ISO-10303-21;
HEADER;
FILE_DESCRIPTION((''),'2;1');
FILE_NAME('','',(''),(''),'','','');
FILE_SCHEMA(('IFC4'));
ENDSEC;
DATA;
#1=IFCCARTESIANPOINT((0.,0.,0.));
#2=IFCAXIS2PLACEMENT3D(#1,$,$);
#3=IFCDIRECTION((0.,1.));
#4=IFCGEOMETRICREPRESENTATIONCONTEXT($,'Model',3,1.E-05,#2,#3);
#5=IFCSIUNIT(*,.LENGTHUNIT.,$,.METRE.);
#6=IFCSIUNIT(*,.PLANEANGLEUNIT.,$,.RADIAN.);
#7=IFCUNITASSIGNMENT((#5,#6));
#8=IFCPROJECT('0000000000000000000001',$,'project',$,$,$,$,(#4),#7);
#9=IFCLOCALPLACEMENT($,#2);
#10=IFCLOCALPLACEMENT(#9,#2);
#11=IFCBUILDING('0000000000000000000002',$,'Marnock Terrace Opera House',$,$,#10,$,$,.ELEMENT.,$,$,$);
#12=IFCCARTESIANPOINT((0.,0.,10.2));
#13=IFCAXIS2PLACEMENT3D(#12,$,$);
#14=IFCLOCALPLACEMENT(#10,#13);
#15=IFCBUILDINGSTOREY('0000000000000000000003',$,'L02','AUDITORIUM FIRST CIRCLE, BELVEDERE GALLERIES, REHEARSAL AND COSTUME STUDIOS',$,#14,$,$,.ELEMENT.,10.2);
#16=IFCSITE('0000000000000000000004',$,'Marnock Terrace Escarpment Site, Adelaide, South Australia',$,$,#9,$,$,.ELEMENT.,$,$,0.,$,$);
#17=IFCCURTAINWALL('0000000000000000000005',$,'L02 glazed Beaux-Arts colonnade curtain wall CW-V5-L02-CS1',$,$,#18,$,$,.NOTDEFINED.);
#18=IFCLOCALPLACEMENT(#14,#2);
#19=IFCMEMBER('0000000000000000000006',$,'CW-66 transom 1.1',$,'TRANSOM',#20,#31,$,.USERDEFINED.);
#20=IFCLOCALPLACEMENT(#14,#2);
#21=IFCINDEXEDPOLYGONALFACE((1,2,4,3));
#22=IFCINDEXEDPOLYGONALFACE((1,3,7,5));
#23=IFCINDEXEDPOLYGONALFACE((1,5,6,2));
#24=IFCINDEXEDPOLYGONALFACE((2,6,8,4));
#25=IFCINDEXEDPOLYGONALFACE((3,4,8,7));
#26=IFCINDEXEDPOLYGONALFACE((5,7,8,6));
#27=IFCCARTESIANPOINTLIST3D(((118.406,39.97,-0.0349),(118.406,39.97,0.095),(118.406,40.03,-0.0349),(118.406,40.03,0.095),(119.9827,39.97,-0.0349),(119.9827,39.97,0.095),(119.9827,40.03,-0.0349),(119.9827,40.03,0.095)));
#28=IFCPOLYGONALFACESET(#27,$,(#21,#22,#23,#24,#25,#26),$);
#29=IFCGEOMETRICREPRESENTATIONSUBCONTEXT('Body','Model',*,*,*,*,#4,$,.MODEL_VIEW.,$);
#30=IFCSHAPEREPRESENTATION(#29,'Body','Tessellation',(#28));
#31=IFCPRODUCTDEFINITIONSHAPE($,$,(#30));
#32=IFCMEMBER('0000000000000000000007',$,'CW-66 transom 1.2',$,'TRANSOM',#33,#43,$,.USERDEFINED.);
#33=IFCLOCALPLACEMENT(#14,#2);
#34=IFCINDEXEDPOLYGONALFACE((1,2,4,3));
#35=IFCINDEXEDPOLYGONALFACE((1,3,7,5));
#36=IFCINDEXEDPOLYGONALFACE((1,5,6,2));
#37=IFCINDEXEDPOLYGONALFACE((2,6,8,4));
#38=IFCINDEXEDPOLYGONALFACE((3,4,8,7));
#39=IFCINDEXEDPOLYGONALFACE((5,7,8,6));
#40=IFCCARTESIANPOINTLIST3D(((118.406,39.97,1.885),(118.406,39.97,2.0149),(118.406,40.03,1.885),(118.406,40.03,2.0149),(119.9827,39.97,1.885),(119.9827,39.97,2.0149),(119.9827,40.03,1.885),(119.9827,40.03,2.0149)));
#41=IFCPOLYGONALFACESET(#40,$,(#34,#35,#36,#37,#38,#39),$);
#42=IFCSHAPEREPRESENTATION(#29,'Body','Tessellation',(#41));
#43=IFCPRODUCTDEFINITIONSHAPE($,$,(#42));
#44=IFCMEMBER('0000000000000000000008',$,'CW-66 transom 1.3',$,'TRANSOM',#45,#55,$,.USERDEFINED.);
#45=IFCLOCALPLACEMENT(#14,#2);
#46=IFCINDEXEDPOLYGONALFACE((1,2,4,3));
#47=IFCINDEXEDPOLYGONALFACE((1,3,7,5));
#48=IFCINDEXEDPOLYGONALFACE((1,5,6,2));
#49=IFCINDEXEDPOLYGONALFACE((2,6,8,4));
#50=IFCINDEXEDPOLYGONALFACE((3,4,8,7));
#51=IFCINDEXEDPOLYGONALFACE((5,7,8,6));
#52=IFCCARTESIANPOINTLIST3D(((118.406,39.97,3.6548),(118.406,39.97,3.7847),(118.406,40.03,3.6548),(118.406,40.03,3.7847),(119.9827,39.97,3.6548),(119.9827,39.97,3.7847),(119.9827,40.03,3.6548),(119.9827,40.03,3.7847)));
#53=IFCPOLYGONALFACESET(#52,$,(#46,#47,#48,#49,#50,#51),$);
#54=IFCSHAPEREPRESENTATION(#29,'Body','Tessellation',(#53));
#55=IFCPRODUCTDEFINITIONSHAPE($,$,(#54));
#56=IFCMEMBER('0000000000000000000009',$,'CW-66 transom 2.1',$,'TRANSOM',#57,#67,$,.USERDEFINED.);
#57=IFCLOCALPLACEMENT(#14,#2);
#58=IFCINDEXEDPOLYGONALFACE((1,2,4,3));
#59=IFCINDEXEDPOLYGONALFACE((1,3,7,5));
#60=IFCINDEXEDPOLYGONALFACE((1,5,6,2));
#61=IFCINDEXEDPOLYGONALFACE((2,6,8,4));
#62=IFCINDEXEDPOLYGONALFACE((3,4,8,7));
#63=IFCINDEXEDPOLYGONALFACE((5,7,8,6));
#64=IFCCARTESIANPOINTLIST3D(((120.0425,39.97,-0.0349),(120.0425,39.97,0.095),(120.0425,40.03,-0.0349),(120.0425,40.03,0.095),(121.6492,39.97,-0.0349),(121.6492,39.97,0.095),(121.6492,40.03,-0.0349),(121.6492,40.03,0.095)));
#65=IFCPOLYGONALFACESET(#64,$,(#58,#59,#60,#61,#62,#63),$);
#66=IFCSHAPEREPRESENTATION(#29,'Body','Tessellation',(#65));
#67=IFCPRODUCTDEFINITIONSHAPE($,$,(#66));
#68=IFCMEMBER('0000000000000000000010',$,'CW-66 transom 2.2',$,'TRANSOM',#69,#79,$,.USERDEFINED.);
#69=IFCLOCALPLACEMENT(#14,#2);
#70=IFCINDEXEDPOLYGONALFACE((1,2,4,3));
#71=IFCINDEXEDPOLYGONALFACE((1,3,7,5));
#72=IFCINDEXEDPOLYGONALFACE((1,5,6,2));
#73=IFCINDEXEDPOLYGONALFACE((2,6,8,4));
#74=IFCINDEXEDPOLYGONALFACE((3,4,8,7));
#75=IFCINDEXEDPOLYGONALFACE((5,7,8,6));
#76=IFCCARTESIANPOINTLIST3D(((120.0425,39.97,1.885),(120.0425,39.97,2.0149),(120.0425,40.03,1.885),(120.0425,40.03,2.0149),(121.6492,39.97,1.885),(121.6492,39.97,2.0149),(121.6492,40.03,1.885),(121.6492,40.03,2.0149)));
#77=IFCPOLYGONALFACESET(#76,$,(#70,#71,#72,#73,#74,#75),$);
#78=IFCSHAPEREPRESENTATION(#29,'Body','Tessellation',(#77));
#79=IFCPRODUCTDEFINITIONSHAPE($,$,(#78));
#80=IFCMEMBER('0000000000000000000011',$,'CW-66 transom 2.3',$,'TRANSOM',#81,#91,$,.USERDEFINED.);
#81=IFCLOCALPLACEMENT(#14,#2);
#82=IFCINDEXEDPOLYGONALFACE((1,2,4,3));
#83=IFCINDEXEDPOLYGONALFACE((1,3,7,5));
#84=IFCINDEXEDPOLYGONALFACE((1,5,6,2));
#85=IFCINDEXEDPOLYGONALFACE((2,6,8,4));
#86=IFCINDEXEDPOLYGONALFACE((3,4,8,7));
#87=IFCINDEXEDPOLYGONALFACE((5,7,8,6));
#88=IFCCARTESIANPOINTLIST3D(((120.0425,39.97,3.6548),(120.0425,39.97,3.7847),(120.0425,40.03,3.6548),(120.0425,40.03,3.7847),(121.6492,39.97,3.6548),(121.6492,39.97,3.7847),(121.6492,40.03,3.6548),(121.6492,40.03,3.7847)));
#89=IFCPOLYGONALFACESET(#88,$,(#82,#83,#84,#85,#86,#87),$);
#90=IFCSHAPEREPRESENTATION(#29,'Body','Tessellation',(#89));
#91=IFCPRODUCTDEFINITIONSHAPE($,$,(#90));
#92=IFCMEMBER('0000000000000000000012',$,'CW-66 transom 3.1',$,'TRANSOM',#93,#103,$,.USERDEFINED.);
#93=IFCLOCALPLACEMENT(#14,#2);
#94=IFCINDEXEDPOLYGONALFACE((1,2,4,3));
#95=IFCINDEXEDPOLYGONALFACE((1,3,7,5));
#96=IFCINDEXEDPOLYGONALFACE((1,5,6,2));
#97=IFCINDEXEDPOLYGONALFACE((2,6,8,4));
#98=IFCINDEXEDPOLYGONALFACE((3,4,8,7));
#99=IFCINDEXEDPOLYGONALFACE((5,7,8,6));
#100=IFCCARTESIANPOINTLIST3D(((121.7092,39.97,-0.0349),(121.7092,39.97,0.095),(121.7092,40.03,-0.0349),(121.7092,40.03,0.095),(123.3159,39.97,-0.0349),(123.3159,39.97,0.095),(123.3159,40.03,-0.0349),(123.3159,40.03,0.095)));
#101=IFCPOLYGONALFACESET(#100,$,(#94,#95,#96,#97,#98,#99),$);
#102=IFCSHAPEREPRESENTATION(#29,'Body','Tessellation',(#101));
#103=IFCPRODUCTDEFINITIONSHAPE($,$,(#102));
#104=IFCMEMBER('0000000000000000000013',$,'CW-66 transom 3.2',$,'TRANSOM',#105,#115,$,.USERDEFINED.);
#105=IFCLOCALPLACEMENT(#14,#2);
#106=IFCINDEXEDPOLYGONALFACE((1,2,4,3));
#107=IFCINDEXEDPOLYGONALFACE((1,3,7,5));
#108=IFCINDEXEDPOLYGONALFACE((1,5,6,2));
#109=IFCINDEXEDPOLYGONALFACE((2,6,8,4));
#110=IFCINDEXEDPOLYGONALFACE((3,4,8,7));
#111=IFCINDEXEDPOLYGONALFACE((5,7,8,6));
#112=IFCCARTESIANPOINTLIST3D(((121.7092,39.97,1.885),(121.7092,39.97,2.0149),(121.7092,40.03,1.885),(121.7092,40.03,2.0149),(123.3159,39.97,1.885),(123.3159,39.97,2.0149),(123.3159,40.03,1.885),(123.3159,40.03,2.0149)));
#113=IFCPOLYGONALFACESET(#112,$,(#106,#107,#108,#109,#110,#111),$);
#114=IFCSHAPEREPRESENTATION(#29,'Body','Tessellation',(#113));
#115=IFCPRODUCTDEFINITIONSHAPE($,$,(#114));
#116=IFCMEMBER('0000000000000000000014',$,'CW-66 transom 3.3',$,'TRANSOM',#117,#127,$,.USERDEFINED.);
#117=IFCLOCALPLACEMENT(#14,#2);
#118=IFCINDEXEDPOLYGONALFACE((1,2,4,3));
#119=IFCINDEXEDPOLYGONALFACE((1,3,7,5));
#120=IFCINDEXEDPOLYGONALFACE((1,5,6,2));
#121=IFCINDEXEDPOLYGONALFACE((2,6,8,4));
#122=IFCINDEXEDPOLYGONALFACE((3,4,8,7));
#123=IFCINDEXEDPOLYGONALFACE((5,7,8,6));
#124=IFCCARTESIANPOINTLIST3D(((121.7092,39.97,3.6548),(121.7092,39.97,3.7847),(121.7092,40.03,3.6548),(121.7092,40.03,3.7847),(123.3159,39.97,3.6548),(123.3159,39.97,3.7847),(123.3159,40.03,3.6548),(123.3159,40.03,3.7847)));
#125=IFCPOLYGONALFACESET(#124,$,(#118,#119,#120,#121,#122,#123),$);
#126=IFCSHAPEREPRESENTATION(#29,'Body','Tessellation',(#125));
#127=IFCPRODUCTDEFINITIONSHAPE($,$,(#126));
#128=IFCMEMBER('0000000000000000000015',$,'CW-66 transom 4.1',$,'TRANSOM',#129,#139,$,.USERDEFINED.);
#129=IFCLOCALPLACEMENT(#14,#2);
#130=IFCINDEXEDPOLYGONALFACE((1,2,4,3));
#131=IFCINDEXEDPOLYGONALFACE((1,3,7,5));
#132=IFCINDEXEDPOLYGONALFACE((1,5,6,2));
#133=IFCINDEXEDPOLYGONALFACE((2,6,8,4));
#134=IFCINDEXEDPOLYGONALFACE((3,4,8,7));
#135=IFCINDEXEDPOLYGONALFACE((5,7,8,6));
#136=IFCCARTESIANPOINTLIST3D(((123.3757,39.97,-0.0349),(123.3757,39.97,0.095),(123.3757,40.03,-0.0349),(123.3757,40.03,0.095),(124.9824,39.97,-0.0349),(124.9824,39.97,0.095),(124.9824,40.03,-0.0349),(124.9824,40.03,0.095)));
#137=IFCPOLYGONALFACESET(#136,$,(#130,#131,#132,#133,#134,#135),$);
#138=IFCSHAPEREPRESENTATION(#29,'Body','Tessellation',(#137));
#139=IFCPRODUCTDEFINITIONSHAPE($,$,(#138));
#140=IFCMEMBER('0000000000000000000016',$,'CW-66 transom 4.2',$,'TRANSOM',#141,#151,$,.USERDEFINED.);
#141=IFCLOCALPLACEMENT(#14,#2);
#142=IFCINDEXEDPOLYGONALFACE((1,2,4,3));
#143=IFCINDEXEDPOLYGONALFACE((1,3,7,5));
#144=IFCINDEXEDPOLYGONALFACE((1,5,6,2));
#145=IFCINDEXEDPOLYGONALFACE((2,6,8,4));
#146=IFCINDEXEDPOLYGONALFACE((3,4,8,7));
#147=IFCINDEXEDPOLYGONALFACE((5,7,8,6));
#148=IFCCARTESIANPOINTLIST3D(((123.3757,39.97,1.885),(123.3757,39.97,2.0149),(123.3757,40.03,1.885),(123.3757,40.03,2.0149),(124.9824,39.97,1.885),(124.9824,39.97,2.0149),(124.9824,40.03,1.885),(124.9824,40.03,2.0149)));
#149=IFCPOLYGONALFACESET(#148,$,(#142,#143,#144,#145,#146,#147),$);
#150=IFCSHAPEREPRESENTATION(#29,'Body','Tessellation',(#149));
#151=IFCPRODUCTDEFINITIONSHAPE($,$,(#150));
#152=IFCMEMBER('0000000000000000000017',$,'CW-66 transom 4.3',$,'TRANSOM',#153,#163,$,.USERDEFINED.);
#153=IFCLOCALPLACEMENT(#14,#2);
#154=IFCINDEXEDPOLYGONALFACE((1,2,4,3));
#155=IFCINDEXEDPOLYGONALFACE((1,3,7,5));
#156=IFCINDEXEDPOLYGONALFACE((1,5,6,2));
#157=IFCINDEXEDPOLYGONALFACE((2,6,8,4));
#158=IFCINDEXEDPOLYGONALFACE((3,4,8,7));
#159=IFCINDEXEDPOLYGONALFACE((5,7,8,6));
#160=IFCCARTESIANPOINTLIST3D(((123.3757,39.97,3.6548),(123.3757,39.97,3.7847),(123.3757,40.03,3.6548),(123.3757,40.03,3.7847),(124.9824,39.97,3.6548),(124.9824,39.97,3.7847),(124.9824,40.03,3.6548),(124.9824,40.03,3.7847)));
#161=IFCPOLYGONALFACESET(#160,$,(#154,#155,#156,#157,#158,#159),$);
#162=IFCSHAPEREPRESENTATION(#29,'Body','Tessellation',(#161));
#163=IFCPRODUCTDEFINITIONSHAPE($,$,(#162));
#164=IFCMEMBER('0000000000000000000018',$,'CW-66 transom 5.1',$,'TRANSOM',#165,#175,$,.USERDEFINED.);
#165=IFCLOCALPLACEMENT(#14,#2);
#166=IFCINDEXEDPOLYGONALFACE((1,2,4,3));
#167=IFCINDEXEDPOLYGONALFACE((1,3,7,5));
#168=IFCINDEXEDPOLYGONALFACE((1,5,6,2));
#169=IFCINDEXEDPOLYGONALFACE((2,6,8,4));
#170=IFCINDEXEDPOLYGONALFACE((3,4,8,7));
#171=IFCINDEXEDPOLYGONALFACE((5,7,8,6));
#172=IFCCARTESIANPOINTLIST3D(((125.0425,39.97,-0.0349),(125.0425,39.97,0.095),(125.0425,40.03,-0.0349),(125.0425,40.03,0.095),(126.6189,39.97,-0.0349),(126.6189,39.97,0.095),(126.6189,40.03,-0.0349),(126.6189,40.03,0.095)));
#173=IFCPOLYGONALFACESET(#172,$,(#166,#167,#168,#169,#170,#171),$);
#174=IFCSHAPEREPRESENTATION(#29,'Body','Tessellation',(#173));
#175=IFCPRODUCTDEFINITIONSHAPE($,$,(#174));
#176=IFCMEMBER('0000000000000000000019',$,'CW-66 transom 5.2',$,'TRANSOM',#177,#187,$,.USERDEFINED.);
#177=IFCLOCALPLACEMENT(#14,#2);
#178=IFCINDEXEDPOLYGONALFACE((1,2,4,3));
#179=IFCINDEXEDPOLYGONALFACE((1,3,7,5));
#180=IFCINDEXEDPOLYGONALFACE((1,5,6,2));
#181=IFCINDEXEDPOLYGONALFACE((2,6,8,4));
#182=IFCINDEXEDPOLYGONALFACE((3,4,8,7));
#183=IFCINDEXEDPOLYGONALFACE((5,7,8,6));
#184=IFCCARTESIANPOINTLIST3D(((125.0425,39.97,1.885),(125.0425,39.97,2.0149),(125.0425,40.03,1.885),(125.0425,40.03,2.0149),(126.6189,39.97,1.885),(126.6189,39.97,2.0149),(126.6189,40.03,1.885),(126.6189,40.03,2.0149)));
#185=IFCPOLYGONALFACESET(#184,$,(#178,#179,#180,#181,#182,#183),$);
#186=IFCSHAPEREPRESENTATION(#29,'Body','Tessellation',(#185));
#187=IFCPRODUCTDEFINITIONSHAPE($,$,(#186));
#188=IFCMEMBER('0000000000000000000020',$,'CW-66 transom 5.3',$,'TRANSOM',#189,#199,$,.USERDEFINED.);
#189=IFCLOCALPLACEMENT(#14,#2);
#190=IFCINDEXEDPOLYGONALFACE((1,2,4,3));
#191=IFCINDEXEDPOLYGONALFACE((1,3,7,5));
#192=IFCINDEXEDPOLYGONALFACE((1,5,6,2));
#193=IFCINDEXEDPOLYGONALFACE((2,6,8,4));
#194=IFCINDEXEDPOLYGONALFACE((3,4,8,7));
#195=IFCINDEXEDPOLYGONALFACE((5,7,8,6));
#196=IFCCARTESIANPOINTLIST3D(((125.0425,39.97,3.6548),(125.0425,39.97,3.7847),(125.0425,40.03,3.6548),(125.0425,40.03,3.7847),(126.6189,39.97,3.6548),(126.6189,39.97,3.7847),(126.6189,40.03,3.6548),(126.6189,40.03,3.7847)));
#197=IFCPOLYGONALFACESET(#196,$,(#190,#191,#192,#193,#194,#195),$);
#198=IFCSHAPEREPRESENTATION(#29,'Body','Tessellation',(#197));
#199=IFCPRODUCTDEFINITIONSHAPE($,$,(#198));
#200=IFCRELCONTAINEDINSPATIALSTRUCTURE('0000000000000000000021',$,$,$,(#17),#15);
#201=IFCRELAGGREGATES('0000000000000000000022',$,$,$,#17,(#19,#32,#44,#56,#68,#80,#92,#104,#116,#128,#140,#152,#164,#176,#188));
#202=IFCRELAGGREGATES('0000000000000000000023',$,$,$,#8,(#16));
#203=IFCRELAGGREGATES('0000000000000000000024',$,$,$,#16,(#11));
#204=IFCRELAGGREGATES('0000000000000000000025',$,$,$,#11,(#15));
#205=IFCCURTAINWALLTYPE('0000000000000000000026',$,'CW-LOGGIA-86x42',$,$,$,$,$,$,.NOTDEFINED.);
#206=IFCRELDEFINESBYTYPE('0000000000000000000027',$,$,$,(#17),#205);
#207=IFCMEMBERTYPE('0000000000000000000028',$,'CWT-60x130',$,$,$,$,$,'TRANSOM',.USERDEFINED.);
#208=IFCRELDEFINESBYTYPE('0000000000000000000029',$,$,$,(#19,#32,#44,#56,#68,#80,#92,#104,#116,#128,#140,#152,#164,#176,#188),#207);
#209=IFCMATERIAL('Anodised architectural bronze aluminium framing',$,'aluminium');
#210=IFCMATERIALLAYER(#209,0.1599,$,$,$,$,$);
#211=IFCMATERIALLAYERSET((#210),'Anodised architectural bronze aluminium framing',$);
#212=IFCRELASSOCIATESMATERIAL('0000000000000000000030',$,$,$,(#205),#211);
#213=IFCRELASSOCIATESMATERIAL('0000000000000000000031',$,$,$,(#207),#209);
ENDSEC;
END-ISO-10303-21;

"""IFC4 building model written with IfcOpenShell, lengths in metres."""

from ifc_helpers import new_model, si_unit, direction, frame, origin, origin_2d, place, context, subcontext, project, spatial, rectangle, extrude, material, layer, layer_set, material_profile, profile_set, type_object, element, aggregate, save


model = new_model("IFC4")

# Units and contexts
model_context = context("Model", 3, precision=1e-05, world=origin(), true_north=direction((0.0, 1.0)))
body_context = subcontext(model_context, "Body", "Model", "MODEL_VIEW")
ifc_project = project(units=[si_unit("LENGTHUNIT", "METRE"), si_unit("PLANEANGLEUNIT", "RADIAN")], contexts=[model_context])

# Site, building, storey
site_placement = place(None, origin())
site = spatial("IfcSite", under=ifc_project, at=site_placement, Name="Marnock Terrace Escarpment Site, Adelaide, South Australia", CompositionType="ELEMENT", RefElevation=0.0)
building_placement = place(site_placement, origin())
building = spatial("IfcBuilding", under=site, at=building_placement, Name="Marnock Terrace Opera House", CompositionType="ELEMENT")
storey_placement = place(building_placement, frame((0.0, 0.0, 10.2)))
storey = spatial("IfcBuildingStorey", under=building, at=storey_placement, Name="L02", Description="AUDITORIUM FIRST CIRCLE, BELVEDERE GALLERIES, REHEARSAL AND COSTUME STUDIOS", CompositionType="ELEMENT", Elevation=10.2)

# Shared definitions
ifc_material_1 = material(Name="Anodised architectural bronze aluminium framing", Category="aluminium")
ifc_layer_1 = layer(ifc_material_1, 0.1599)
ifc_layer_set_1 = layer_set([ifc_layer_1], Name="Anodised architectural bronze aluminium framing")
curtain_wall_type = type_object("IfcCurtainWallType", Name="CW-LOGGIA-86x42", PredefinedType="NOTDEFINED", material=ifc_layer_set_1)

# Curtain wall, members
curtain_wall_1_placement = place(storey_placement, origin())
curtain_wall_1 = element("IfcCurtainWall", 1, at=curtain_wall_1_placement, inside=storey, type_object=curtain_wall_type, Name="L02 glazed Beaux-Arts colonnade curtain wall CW-V5-L02-CS1", PredefinedType="NOTDEFINED")
ifc_material_profile_1 = material_profile(ifc_material_1, rectangle(XDim=0.0601, YDim=0.1299, at=origin_2d()))
ifc_profile_set_1 = profile_set([ifc_material_profile_1], Name="Anodised architectural bronze aluminium framing")
member_type_1 = type_object("IfcMemberType", Name="CWT-60x130", ElementType="TRANSOM", PredefinedType="USERDEFINED", material=ifc_profile_set_1)
member_1_placement = place(storey_placement, frame((118.406, 40.0, 0.03), z_axis=(1.0, 0.0, 0.0), x_axis=(0.0, 1.0, 0.0)))
member_1 = element("IfcMember", 2, at=member_1_placement, type_object=member_type_1, Name="CW-66 transom 1.1", ObjectType="TRANSOM", PredefinedType="USERDEFINED", context=body_context, shape_type="SweptSolid", body=[
    extrude(rectangle(XDim=0.0601, YDim=0.1299, at=origin_2d()), origin(), (0.0, 0.0, 1.0), 1.5767),
])
member_2_placement = place(storey_placement, frame((118.406, 40.0, 1.95), z_axis=(1.0, 0.0, 0.0), x_axis=(0.0, 1.0, 0.0)))
member_2 = element("IfcMember", 3, at=member_2_placement, type_object=member_type_1, Name="CW-66 transom 1.2", ObjectType="TRANSOM", PredefinedType="USERDEFINED", context=body_context, shape_type="SweptSolid", body=[
    extrude(rectangle(XDim=0.0601, YDim=0.1299, at=origin_2d()), origin(), (0.0, 0.0, 1.0), 1.5767),
])
member_3_placement = place(storey_placement, frame((118.406, 40.0, 3.7197), z_axis=(1.0, 0.0, 0.0), x_axis=(0.0, 1.0, 0.0)))
member_3 = element("IfcMember", 4, at=member_3_placement, type_object=member_type_1, Name="CW-66 transom 1.3", ObjectType="TRANSOM", PredefinedType="USERDEFINED", context=body_context, shape_type="SweptSolid", body=[
    extrude(rectangle(XDim=0.0601, YDim=0.1299, at=origin_2d()), origin(), (0.0, 0.0, 1.0), 1.5767),
])
member_4_placement = place(storey_placement, frame((120.0425, 40.0, 0.03), z_axis=(1.0, 0.0, 0.0), x_axis=(0.0, 1.0, 0.0)))
member_4 = element("IfcMember", 5, at=member_4_placement, type_object=member_type_1, Name="CW-66 transom 2.1", ObjectType="TRANSOM", PredefinedType="USERDEFINED", context=body_context, shape_type="SweptSolid", body=[
    extrude(rectangle(XDim=0.0601, YDim=0.1299, at=origin_2d()), origin(), (0.0, 0.0, 1.0), 1.6067),
])
member_5_placement = place(storey_placement, frame((120.0425, 40.0, 1.95), z_axis=(1.0, 0.0, 0.0), x_axis=(0.0, 1.0, 0.0)))
member_5 = element("IfcMember", 6, at=member_5_placement, type_object=member_type_1, Name="CW-66 transom 2.2", ObjectType="TRANSOM", PredefinedType="USERDEFINED", context=body_context, shape_type="SweptSolid", body=[
    extrude(rectangle(XDim=0.0601, YDim=0.1299, at=origin_2d()), origin(), (0.0, 0.0, 1.0), 1.6067),
])
member_6_placement = place(storey_placement, frame((120.0425, 40.0, 3.7197), z_axis=(1.0, 0.0, 0.0), x_axis=(0.0, 1.0, 0.0)))
member_6 = element("IfcMember", 7, at=member_6_placement, type_object=member_type_1, Name="CW-66 transom 2.3", ObjectType="TRANSOM", PredefinedType="USERDEFINED", context=body_context, shape_type="SweptSolid", body=[
    extrude(rectangle(XDim=0.0601, YDim=0.1299, at=origin_2d()), origin(), (0.0, 0.0, 1.0), 1.6067),
])
member_7_placement = place(storey_placement, frame((121.7092, 40.0, 0.03), z_axis=(1.0, 0.0, 0.0), x_axis=(0.0, 1.0, 0.0)))
member_7 = element("IfcMember", 8, at=member_7_placement, type_object=member_type_1, Name="CW-66 transom 3.1", ObjectType="TRANSOM", PredefinedType="USERDEFINED", context=body_context, shape_type="SweptSolid", body=[
    extrude(rectangle(XDim=0.0601, YDim=0.1299, at=origin_2d()), origin(), (0.0, 0.0, 1.0), 1.6067),
])
member_8_placement = place(storey_placement, frame((121.7092, 40.0, 1.95), z_axis=(1.0, 0.0, 0.0), x_axis=(0.0, 1.0, 0.0)))
member_8 = element("IfcMember", 9, at=member_8_placement, type_object=member_type_1, Name="CW-66 transom 3.2", ObjectType="TRANSOM", PredefinedType="USERDEFINED", context=body_context, shape_type="SweptSolid", body=[
    extrude(rectangle(XDim=0.0601, YDim=0.1299, at=origin_2d()), origin(), (0.0, 0.0, 1.0), 1.6067),
])
member_9_placement = place(storey_placement, frame((121.7092, 40.0, 3.7197), z_axis=(1.0, 0.0, 0.0), x_axis=(0.0, 1.0, 0.0)))
member_9 = element("IfcMember", 10, at=member_9_placement, type_object=member_type_1, Name="CW-66 transom 3.3", ObjectType="TRANSOM", PredefinedType="USERDEFINED", context=body_context, shape_type="SweptSolid", body=[
    extrude(rectangle(XDim=0.0601, YDim=0.1299, at=origin_2d()), origin(), (0.0, 0.0, 1.0), 1.6067),
])
member_10_placement = place(storey_placement, frame((123.3757, 40.0, 0.03), z_axis=(1.0, 0.0, 0.0), x_axis=(0.0, 1.0, 0.0)))
member_10 = element("IfcMember", 11, at=member_10_placement, type_object=member_type_1, Name="CW-66 transom 4.1", ObjectType="TRANSOM", PredefinedType="USERDEFINED", context=body_context, shape_type="SweptSolid", body=[
    extrude(rectangle(XDim=0.0601, YDim=0.1299, at=origin_2d()), origin(), (0.0, 0.0, 1.0), 1.6067),
])
member_11_placement = place(storey_placement, frame((123.3757, 40.0, 1.95), z_axis=(1.0, 0.0, 0.0), x_axis=(0.0, 1.0, 0.0)))
member_11 = element("IfcMember", 12, at=member_11_placement, type_object=member_type_1, Name="CW-66 transom 4.2", ObjectType="TRANSOM", PredefinedType="USERDEFINED", context=body_context, shape_type="SweptSolid", body=[
    extrude(rectangle(XDim=0.0601, YDim=0.1299, at=origin_2d()), origin(), (0.0, 0.0, 1.0), 1.6067),
])
member_12_placement = place(storey_placement, frame((123.3757, 40.0, 3.7197), z_axis=(1.0, 0.0, 0.0), x_axis=(0.0, 1.0, 0.0)))
member_12 = element("IfcMember", 13, at=member_12_placement, type_object=member_type_1, Name="CW-66 transom 4.3", ObjectType="TRANSOM", PredefinedType="USERDEFINED", context=body_context, shape_type="SweptSolid", body=[
    extrude(rectangle(XDim=0.0601, YDim=0.1299, at=origin_2d()), origin(), (0.0, 0.0, 1.0), 1.6067),
])
member_13_placement = place(storey_placement, frame((125.0425, 40.0, 0.03), z_axis=(1.0, 0.0, 0.0), x_axis=(0.0, 1.0, 0.0)))
member_13 = element("IfcMember", 14, at=member_13_placement, type_object=member_type_1, Name="CW-66 transom 5.1", ObjectType="TRANSOM", PredefinedType="USERDEFINED", context=body_context, shape_type="SweptSolid", body=[
    extrude(rectangle(XDim=0.0601, YDim=0.1299, at=origin_2d()), origin(), (0.0, 0.0, 1.0), 1.5764),
])
member_14_placement = place(storey_placement, frame((125.0425, 40.0, 1.95), z_axis=(1.0, 0.0, 0.0), x_axis=(0.0, 1.0, 0.0)))
member_14 = element("IfcMember", 15, at=member_14_placement, type_object=member_type_1, Name="CW-66 transom 5.2", ObjectType="TRANSOM", PredefinedType="USERDEFINED", context=body_context, shape_type="SweptSolid", body=[
    extrude(rectangle(XDim=0.0601, YDim=0.1299, at=origin_2d()), origin(), (0.0, 0.0, 1.0), 1.5764),
])
member_15_placement = place(storey_placement, frame((125.0425, 40.0, 3.7197), z_axis=(1.0, 0.0, 0.0), x_axis=(0.0, 1.0, 0.0)))
member_15 = element("IfcMember", 16, at=member_15_placement, type_object=member_type_1, Name="CW-66 transom 5.3", ObjectType="TRANSOM", PredefinedType="USERDEFINED", context=body_context, shape_type="SweptSolid", body=[
    extrude(rectangle(XDim=0.0601, YDim=0.1299, at=origin_2d()), origin(), (0.0, 0.0, 1.0), 1.5764),
])
aggregate(curtain_wall_1, [member_1, member_2, member_3, member_4, member_5, member_6, member_7, member_8, member_9, member_10, member_11, member_12, member_13, member_14, member_15])

save(model, "model.ifc")
